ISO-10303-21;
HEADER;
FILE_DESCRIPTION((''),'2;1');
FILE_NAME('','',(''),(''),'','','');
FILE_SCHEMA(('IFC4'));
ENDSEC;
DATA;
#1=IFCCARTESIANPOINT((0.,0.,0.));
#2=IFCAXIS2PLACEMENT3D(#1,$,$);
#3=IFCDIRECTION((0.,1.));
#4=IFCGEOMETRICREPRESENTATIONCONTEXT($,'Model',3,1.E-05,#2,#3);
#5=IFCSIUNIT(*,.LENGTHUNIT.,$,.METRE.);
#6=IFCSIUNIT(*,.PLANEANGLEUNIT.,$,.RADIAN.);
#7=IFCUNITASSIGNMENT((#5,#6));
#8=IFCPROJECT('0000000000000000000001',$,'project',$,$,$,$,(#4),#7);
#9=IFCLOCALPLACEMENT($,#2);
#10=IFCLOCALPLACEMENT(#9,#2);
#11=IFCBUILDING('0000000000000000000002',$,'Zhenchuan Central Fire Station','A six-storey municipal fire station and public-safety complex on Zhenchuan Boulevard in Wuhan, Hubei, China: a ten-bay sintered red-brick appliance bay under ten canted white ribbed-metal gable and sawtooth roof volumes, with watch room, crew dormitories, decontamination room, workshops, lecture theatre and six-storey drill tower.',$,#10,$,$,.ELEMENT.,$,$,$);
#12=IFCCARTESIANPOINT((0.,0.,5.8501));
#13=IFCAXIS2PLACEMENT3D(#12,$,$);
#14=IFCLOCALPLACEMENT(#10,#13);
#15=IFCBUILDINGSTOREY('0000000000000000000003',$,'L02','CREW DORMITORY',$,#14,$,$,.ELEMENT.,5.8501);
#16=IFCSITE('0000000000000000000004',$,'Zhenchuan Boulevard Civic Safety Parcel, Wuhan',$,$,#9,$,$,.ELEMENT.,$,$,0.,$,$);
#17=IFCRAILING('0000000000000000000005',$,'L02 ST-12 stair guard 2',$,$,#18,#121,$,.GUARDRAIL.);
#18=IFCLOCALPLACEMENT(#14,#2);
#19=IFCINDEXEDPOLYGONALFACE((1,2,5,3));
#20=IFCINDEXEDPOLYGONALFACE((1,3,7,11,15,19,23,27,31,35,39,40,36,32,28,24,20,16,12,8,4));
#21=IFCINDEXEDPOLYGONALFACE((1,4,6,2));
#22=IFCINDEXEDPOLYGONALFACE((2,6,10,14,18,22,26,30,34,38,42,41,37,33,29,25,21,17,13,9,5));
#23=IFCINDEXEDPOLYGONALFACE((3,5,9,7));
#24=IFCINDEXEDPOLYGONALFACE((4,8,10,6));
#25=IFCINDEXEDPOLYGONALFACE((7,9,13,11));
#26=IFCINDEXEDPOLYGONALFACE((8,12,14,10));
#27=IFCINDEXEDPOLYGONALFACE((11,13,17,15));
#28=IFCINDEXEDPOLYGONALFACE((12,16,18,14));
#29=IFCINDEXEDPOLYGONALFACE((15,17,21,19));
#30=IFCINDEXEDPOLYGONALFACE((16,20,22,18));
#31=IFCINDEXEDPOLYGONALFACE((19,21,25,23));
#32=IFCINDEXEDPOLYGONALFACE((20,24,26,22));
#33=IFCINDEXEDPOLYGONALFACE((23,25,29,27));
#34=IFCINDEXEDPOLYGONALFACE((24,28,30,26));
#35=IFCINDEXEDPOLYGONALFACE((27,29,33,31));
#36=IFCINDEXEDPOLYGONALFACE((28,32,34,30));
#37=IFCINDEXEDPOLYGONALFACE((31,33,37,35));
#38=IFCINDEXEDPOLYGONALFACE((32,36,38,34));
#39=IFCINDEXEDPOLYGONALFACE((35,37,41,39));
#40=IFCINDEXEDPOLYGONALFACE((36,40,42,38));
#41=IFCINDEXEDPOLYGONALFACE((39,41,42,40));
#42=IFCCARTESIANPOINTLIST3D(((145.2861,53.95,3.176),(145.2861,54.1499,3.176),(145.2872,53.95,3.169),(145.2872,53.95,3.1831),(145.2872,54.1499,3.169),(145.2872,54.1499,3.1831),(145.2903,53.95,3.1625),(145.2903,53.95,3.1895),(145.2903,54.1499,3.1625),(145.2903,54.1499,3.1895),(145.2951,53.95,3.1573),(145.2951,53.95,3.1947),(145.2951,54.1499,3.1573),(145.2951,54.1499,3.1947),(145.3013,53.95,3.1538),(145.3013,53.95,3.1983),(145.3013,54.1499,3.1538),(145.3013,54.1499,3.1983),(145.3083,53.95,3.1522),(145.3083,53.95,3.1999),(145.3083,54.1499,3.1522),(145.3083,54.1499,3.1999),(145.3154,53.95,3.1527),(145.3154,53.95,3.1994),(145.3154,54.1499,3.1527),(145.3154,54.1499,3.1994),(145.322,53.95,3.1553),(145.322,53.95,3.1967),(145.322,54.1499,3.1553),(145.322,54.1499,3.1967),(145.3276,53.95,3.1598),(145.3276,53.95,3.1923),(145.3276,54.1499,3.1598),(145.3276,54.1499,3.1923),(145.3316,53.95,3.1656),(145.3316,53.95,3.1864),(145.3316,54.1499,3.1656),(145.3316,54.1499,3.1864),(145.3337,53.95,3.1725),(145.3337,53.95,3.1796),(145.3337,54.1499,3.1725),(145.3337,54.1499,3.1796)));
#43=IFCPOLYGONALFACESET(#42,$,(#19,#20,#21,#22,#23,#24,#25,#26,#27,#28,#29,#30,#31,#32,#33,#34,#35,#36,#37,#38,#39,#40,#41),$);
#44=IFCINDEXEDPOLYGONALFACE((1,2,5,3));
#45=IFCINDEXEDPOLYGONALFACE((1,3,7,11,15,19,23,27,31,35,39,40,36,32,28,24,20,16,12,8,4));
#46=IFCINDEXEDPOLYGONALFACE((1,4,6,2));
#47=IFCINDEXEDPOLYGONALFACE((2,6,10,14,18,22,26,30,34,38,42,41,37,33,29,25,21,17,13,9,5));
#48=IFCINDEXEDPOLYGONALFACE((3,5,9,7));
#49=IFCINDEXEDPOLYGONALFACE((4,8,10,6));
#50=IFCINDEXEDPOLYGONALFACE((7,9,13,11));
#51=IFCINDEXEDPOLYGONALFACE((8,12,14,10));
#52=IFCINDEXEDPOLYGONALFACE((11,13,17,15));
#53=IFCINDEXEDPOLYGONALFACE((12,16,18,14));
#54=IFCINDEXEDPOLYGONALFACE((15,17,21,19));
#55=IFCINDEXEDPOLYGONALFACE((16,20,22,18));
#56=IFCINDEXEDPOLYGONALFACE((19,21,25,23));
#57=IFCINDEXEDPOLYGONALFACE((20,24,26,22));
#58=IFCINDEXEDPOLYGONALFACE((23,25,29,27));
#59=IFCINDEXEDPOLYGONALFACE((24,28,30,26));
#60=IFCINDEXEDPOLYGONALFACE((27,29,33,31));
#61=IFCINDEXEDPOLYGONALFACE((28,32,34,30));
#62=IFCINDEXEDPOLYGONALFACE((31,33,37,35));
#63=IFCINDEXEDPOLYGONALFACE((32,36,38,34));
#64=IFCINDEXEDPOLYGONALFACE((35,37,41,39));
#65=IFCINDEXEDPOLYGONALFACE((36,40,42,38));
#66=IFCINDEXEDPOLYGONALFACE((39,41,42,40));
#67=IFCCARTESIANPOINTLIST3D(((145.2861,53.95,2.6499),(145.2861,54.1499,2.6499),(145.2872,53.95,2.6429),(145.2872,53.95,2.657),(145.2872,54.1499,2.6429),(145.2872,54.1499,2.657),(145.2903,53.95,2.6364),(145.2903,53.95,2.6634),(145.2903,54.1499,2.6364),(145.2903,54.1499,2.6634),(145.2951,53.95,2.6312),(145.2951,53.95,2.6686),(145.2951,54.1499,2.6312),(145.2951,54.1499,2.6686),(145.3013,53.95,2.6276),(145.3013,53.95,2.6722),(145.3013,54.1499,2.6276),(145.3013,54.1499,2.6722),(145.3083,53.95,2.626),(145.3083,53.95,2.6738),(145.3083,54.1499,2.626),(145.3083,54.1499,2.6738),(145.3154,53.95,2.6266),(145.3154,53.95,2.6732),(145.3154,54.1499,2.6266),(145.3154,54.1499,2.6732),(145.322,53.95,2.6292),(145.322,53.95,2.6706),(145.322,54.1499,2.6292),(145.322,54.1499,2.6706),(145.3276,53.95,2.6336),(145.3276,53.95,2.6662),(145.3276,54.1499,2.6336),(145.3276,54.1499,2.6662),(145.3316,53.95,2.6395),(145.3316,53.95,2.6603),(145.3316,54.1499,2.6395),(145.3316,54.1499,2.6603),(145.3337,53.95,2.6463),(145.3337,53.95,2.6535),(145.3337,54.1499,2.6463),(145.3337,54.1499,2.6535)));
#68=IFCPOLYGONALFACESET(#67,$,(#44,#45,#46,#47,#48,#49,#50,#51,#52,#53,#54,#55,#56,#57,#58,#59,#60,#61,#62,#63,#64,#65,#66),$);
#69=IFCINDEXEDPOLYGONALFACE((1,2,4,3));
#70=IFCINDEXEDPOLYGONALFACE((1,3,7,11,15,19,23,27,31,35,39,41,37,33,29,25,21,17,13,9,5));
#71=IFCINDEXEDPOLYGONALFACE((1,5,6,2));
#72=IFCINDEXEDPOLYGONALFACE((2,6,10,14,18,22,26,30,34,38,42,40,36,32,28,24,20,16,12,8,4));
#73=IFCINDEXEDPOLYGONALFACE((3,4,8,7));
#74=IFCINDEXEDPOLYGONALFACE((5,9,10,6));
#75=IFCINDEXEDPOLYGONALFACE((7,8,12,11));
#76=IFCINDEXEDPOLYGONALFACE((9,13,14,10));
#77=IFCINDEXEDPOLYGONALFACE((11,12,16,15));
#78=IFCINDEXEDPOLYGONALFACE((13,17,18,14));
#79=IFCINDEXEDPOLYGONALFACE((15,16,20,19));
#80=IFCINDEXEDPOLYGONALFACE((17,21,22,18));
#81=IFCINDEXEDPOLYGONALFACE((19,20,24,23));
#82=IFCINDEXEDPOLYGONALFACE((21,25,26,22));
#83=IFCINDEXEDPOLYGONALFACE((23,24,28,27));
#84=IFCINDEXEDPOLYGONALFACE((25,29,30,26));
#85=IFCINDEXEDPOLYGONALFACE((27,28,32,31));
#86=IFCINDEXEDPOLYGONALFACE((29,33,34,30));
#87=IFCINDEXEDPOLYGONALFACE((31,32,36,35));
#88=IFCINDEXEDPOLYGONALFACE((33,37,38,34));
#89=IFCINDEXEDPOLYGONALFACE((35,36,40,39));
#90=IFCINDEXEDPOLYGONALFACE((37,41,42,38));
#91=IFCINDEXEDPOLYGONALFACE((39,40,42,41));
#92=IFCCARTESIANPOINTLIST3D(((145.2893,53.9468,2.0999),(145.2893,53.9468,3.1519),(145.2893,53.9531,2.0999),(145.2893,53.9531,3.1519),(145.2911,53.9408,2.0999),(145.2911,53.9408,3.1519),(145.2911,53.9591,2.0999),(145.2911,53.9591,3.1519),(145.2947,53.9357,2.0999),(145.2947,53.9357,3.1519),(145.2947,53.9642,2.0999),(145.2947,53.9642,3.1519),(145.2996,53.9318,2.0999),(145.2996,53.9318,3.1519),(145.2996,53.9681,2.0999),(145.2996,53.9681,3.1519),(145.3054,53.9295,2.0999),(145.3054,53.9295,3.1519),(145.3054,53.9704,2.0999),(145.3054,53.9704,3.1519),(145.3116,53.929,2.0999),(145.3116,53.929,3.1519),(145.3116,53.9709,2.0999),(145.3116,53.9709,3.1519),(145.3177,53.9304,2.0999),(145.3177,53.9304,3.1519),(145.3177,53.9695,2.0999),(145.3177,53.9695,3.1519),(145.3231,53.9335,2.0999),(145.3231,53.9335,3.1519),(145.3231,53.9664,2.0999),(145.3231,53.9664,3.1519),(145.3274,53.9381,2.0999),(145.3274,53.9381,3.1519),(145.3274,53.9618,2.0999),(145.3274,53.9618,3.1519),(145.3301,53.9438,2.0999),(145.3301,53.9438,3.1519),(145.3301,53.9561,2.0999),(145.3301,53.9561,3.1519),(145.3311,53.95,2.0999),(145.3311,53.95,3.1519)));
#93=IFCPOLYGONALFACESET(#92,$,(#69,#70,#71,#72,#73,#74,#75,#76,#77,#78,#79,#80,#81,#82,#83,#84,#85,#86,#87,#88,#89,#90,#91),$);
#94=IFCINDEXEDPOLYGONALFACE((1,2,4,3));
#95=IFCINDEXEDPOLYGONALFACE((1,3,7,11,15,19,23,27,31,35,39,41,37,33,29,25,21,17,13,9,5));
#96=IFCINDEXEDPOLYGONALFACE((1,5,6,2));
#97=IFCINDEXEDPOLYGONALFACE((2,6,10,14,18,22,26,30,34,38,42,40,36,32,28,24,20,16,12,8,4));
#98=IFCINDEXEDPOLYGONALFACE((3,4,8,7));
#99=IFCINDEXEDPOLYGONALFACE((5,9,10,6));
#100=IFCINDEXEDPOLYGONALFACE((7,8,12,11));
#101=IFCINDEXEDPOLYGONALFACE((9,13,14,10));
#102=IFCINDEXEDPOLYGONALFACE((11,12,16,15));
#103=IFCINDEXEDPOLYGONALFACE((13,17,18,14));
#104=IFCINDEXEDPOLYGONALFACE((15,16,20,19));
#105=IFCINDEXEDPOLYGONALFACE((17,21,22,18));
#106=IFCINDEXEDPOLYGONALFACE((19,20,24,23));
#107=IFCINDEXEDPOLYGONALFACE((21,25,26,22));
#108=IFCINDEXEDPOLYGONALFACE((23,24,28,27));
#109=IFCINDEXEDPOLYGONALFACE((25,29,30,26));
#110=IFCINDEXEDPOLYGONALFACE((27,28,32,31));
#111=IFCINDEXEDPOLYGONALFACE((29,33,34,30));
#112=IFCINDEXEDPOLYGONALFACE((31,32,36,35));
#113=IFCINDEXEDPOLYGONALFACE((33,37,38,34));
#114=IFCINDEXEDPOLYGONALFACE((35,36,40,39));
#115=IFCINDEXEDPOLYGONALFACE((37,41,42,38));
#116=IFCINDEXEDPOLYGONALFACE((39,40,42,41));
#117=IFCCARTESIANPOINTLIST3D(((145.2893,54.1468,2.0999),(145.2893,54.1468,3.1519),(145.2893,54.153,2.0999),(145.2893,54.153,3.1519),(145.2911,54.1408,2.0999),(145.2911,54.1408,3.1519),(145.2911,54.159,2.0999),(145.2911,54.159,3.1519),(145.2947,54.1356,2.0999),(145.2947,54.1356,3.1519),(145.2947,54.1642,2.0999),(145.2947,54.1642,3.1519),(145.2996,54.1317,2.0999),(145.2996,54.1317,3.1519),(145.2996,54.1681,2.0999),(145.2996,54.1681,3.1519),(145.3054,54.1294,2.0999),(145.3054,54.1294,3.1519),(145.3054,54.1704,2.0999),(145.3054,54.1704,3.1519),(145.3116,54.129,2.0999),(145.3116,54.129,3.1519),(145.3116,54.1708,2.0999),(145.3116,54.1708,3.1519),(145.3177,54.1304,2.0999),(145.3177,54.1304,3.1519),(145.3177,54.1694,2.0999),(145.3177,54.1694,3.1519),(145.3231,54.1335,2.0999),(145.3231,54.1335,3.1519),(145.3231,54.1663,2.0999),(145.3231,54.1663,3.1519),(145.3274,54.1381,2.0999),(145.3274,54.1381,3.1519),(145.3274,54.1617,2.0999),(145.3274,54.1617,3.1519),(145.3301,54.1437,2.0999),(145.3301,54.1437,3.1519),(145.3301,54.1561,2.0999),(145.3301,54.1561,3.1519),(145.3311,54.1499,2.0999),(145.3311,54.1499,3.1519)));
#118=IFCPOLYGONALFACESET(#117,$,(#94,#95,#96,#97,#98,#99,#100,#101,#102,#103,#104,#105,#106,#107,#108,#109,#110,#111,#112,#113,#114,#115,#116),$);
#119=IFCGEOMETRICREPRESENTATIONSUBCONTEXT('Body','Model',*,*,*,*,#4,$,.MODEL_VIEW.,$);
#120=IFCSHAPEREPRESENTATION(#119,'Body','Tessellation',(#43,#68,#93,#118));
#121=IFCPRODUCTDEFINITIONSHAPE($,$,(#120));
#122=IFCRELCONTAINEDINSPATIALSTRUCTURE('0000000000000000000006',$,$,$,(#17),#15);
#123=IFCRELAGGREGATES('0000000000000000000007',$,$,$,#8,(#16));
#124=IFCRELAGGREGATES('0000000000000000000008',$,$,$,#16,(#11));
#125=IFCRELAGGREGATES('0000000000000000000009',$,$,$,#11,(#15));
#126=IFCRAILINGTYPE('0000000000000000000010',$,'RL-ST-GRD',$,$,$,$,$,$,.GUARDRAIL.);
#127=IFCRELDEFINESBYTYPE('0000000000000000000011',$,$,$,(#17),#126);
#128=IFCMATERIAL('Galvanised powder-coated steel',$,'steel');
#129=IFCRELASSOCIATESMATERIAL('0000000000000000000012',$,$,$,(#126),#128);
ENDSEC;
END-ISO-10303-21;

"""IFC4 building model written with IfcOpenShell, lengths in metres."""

from ifc_helpers import new_model, si_unit, direction, frame, origin, origin_2d, place, context, subcontext, project, spatial, circle, extrude, material, type_object, element, save


model = new_model("IFC4")

# Units and contexts
model_context = context("Model", 3, precision=1e-05, world=origin(), true_north=direction((0.0, 1.0)))
body_context = subcontext(model_context, "Body", "Model", "MODEL_VIEW")
ifc_project = project(units=[si_unit("LENGTHUNIT", "METRE"), si_unit("PLANEANGLEUNIT", "RADIAN")], contexts=[model_context])

# Site, building, storey
site_placement = place(None, origin())
site = spatial("IfcSite", under=ifc_project, at=site_placement, Name="Zhenchuan Boulevard Civic Safety Parcel, Wuhan", CompositionType="ELEMENT", RefElevation=0.0)
building_placement = place(site_placement, origin())
building = spatial("IfcBuilding", under=site, at=building_placement, Name="Zhenchuan Central Fire Station", Description="A six-storey municipal fire station and public-safety complex on Zhenchuan Boulevard in Wuhan, Hubei, China: a ten-bay sintered red-brick appliance bay under ten canted white ribbed-metal gable and sawtooth roof volumes, with watch room, crew dormitories, decontamination room, workshops, lecture theatre and six-storey drill tower.", CompositionType="ELEMENT")
storey_placement = place(building_placement, frame((0.0, 0.0, 5.8501)))
storey = spatial("IfcBuildingStorey", under=building, at=storey_placement, Name="L02", Description="CREW DORMITORY", CompositionType="ELEMENT", Elevation=5.8501)

# Railing
ifc_material_1 = material(Name="Galvanised powder-coated steel", Category="steel")
railing_type_1 = type_object("IfcRailingType", Name="RL-ST-GRD", PredefinedType="GUARDRAIL", material=ifc_material_1)
railing_1_placement = place(storey_placement, frame((145.3101, 53.95, 2.0999)))
element("IfcRailing", 1, at=railing_1_placement, inside=storey, type_object=railing_type_1, Name="L02 ST-12 stair guard 2", PredefinedType="GUARDRAIL", context=body_context, shape_type="SweptSolid", body=[
    extrude(circle(Radius=0.0239, at=origin_2d()), frame((0.0, 0.0, 1.0762), z_axis=(0.0, 1.0, 0.0), x_axis=(-1.0, 0.0, 0.0)), (0.0, 0.0, 1.0), 0.2),
    extrude(circle(Radius=0.0239, at=origin_2d()), frame((0.0, 0.0, 0.55), z_axis=(0.0, 1.0, 0.0), x_axis=(-1.0, 0.0, 0.0)), (0.0, 0.0, 1.0), 0.2),
    extrude(circle(Radius=0.021, at=origin_2d()), origin(), (0.0, 0.0, 1.0), 1.052),
    extrude(circle(Radius=0.021, at=origin_2d()), frame((0.0, 0.2, 0.0)), (0.0, 0.0, 1.0), 1.052),
])

save(model, "model.ifc")
